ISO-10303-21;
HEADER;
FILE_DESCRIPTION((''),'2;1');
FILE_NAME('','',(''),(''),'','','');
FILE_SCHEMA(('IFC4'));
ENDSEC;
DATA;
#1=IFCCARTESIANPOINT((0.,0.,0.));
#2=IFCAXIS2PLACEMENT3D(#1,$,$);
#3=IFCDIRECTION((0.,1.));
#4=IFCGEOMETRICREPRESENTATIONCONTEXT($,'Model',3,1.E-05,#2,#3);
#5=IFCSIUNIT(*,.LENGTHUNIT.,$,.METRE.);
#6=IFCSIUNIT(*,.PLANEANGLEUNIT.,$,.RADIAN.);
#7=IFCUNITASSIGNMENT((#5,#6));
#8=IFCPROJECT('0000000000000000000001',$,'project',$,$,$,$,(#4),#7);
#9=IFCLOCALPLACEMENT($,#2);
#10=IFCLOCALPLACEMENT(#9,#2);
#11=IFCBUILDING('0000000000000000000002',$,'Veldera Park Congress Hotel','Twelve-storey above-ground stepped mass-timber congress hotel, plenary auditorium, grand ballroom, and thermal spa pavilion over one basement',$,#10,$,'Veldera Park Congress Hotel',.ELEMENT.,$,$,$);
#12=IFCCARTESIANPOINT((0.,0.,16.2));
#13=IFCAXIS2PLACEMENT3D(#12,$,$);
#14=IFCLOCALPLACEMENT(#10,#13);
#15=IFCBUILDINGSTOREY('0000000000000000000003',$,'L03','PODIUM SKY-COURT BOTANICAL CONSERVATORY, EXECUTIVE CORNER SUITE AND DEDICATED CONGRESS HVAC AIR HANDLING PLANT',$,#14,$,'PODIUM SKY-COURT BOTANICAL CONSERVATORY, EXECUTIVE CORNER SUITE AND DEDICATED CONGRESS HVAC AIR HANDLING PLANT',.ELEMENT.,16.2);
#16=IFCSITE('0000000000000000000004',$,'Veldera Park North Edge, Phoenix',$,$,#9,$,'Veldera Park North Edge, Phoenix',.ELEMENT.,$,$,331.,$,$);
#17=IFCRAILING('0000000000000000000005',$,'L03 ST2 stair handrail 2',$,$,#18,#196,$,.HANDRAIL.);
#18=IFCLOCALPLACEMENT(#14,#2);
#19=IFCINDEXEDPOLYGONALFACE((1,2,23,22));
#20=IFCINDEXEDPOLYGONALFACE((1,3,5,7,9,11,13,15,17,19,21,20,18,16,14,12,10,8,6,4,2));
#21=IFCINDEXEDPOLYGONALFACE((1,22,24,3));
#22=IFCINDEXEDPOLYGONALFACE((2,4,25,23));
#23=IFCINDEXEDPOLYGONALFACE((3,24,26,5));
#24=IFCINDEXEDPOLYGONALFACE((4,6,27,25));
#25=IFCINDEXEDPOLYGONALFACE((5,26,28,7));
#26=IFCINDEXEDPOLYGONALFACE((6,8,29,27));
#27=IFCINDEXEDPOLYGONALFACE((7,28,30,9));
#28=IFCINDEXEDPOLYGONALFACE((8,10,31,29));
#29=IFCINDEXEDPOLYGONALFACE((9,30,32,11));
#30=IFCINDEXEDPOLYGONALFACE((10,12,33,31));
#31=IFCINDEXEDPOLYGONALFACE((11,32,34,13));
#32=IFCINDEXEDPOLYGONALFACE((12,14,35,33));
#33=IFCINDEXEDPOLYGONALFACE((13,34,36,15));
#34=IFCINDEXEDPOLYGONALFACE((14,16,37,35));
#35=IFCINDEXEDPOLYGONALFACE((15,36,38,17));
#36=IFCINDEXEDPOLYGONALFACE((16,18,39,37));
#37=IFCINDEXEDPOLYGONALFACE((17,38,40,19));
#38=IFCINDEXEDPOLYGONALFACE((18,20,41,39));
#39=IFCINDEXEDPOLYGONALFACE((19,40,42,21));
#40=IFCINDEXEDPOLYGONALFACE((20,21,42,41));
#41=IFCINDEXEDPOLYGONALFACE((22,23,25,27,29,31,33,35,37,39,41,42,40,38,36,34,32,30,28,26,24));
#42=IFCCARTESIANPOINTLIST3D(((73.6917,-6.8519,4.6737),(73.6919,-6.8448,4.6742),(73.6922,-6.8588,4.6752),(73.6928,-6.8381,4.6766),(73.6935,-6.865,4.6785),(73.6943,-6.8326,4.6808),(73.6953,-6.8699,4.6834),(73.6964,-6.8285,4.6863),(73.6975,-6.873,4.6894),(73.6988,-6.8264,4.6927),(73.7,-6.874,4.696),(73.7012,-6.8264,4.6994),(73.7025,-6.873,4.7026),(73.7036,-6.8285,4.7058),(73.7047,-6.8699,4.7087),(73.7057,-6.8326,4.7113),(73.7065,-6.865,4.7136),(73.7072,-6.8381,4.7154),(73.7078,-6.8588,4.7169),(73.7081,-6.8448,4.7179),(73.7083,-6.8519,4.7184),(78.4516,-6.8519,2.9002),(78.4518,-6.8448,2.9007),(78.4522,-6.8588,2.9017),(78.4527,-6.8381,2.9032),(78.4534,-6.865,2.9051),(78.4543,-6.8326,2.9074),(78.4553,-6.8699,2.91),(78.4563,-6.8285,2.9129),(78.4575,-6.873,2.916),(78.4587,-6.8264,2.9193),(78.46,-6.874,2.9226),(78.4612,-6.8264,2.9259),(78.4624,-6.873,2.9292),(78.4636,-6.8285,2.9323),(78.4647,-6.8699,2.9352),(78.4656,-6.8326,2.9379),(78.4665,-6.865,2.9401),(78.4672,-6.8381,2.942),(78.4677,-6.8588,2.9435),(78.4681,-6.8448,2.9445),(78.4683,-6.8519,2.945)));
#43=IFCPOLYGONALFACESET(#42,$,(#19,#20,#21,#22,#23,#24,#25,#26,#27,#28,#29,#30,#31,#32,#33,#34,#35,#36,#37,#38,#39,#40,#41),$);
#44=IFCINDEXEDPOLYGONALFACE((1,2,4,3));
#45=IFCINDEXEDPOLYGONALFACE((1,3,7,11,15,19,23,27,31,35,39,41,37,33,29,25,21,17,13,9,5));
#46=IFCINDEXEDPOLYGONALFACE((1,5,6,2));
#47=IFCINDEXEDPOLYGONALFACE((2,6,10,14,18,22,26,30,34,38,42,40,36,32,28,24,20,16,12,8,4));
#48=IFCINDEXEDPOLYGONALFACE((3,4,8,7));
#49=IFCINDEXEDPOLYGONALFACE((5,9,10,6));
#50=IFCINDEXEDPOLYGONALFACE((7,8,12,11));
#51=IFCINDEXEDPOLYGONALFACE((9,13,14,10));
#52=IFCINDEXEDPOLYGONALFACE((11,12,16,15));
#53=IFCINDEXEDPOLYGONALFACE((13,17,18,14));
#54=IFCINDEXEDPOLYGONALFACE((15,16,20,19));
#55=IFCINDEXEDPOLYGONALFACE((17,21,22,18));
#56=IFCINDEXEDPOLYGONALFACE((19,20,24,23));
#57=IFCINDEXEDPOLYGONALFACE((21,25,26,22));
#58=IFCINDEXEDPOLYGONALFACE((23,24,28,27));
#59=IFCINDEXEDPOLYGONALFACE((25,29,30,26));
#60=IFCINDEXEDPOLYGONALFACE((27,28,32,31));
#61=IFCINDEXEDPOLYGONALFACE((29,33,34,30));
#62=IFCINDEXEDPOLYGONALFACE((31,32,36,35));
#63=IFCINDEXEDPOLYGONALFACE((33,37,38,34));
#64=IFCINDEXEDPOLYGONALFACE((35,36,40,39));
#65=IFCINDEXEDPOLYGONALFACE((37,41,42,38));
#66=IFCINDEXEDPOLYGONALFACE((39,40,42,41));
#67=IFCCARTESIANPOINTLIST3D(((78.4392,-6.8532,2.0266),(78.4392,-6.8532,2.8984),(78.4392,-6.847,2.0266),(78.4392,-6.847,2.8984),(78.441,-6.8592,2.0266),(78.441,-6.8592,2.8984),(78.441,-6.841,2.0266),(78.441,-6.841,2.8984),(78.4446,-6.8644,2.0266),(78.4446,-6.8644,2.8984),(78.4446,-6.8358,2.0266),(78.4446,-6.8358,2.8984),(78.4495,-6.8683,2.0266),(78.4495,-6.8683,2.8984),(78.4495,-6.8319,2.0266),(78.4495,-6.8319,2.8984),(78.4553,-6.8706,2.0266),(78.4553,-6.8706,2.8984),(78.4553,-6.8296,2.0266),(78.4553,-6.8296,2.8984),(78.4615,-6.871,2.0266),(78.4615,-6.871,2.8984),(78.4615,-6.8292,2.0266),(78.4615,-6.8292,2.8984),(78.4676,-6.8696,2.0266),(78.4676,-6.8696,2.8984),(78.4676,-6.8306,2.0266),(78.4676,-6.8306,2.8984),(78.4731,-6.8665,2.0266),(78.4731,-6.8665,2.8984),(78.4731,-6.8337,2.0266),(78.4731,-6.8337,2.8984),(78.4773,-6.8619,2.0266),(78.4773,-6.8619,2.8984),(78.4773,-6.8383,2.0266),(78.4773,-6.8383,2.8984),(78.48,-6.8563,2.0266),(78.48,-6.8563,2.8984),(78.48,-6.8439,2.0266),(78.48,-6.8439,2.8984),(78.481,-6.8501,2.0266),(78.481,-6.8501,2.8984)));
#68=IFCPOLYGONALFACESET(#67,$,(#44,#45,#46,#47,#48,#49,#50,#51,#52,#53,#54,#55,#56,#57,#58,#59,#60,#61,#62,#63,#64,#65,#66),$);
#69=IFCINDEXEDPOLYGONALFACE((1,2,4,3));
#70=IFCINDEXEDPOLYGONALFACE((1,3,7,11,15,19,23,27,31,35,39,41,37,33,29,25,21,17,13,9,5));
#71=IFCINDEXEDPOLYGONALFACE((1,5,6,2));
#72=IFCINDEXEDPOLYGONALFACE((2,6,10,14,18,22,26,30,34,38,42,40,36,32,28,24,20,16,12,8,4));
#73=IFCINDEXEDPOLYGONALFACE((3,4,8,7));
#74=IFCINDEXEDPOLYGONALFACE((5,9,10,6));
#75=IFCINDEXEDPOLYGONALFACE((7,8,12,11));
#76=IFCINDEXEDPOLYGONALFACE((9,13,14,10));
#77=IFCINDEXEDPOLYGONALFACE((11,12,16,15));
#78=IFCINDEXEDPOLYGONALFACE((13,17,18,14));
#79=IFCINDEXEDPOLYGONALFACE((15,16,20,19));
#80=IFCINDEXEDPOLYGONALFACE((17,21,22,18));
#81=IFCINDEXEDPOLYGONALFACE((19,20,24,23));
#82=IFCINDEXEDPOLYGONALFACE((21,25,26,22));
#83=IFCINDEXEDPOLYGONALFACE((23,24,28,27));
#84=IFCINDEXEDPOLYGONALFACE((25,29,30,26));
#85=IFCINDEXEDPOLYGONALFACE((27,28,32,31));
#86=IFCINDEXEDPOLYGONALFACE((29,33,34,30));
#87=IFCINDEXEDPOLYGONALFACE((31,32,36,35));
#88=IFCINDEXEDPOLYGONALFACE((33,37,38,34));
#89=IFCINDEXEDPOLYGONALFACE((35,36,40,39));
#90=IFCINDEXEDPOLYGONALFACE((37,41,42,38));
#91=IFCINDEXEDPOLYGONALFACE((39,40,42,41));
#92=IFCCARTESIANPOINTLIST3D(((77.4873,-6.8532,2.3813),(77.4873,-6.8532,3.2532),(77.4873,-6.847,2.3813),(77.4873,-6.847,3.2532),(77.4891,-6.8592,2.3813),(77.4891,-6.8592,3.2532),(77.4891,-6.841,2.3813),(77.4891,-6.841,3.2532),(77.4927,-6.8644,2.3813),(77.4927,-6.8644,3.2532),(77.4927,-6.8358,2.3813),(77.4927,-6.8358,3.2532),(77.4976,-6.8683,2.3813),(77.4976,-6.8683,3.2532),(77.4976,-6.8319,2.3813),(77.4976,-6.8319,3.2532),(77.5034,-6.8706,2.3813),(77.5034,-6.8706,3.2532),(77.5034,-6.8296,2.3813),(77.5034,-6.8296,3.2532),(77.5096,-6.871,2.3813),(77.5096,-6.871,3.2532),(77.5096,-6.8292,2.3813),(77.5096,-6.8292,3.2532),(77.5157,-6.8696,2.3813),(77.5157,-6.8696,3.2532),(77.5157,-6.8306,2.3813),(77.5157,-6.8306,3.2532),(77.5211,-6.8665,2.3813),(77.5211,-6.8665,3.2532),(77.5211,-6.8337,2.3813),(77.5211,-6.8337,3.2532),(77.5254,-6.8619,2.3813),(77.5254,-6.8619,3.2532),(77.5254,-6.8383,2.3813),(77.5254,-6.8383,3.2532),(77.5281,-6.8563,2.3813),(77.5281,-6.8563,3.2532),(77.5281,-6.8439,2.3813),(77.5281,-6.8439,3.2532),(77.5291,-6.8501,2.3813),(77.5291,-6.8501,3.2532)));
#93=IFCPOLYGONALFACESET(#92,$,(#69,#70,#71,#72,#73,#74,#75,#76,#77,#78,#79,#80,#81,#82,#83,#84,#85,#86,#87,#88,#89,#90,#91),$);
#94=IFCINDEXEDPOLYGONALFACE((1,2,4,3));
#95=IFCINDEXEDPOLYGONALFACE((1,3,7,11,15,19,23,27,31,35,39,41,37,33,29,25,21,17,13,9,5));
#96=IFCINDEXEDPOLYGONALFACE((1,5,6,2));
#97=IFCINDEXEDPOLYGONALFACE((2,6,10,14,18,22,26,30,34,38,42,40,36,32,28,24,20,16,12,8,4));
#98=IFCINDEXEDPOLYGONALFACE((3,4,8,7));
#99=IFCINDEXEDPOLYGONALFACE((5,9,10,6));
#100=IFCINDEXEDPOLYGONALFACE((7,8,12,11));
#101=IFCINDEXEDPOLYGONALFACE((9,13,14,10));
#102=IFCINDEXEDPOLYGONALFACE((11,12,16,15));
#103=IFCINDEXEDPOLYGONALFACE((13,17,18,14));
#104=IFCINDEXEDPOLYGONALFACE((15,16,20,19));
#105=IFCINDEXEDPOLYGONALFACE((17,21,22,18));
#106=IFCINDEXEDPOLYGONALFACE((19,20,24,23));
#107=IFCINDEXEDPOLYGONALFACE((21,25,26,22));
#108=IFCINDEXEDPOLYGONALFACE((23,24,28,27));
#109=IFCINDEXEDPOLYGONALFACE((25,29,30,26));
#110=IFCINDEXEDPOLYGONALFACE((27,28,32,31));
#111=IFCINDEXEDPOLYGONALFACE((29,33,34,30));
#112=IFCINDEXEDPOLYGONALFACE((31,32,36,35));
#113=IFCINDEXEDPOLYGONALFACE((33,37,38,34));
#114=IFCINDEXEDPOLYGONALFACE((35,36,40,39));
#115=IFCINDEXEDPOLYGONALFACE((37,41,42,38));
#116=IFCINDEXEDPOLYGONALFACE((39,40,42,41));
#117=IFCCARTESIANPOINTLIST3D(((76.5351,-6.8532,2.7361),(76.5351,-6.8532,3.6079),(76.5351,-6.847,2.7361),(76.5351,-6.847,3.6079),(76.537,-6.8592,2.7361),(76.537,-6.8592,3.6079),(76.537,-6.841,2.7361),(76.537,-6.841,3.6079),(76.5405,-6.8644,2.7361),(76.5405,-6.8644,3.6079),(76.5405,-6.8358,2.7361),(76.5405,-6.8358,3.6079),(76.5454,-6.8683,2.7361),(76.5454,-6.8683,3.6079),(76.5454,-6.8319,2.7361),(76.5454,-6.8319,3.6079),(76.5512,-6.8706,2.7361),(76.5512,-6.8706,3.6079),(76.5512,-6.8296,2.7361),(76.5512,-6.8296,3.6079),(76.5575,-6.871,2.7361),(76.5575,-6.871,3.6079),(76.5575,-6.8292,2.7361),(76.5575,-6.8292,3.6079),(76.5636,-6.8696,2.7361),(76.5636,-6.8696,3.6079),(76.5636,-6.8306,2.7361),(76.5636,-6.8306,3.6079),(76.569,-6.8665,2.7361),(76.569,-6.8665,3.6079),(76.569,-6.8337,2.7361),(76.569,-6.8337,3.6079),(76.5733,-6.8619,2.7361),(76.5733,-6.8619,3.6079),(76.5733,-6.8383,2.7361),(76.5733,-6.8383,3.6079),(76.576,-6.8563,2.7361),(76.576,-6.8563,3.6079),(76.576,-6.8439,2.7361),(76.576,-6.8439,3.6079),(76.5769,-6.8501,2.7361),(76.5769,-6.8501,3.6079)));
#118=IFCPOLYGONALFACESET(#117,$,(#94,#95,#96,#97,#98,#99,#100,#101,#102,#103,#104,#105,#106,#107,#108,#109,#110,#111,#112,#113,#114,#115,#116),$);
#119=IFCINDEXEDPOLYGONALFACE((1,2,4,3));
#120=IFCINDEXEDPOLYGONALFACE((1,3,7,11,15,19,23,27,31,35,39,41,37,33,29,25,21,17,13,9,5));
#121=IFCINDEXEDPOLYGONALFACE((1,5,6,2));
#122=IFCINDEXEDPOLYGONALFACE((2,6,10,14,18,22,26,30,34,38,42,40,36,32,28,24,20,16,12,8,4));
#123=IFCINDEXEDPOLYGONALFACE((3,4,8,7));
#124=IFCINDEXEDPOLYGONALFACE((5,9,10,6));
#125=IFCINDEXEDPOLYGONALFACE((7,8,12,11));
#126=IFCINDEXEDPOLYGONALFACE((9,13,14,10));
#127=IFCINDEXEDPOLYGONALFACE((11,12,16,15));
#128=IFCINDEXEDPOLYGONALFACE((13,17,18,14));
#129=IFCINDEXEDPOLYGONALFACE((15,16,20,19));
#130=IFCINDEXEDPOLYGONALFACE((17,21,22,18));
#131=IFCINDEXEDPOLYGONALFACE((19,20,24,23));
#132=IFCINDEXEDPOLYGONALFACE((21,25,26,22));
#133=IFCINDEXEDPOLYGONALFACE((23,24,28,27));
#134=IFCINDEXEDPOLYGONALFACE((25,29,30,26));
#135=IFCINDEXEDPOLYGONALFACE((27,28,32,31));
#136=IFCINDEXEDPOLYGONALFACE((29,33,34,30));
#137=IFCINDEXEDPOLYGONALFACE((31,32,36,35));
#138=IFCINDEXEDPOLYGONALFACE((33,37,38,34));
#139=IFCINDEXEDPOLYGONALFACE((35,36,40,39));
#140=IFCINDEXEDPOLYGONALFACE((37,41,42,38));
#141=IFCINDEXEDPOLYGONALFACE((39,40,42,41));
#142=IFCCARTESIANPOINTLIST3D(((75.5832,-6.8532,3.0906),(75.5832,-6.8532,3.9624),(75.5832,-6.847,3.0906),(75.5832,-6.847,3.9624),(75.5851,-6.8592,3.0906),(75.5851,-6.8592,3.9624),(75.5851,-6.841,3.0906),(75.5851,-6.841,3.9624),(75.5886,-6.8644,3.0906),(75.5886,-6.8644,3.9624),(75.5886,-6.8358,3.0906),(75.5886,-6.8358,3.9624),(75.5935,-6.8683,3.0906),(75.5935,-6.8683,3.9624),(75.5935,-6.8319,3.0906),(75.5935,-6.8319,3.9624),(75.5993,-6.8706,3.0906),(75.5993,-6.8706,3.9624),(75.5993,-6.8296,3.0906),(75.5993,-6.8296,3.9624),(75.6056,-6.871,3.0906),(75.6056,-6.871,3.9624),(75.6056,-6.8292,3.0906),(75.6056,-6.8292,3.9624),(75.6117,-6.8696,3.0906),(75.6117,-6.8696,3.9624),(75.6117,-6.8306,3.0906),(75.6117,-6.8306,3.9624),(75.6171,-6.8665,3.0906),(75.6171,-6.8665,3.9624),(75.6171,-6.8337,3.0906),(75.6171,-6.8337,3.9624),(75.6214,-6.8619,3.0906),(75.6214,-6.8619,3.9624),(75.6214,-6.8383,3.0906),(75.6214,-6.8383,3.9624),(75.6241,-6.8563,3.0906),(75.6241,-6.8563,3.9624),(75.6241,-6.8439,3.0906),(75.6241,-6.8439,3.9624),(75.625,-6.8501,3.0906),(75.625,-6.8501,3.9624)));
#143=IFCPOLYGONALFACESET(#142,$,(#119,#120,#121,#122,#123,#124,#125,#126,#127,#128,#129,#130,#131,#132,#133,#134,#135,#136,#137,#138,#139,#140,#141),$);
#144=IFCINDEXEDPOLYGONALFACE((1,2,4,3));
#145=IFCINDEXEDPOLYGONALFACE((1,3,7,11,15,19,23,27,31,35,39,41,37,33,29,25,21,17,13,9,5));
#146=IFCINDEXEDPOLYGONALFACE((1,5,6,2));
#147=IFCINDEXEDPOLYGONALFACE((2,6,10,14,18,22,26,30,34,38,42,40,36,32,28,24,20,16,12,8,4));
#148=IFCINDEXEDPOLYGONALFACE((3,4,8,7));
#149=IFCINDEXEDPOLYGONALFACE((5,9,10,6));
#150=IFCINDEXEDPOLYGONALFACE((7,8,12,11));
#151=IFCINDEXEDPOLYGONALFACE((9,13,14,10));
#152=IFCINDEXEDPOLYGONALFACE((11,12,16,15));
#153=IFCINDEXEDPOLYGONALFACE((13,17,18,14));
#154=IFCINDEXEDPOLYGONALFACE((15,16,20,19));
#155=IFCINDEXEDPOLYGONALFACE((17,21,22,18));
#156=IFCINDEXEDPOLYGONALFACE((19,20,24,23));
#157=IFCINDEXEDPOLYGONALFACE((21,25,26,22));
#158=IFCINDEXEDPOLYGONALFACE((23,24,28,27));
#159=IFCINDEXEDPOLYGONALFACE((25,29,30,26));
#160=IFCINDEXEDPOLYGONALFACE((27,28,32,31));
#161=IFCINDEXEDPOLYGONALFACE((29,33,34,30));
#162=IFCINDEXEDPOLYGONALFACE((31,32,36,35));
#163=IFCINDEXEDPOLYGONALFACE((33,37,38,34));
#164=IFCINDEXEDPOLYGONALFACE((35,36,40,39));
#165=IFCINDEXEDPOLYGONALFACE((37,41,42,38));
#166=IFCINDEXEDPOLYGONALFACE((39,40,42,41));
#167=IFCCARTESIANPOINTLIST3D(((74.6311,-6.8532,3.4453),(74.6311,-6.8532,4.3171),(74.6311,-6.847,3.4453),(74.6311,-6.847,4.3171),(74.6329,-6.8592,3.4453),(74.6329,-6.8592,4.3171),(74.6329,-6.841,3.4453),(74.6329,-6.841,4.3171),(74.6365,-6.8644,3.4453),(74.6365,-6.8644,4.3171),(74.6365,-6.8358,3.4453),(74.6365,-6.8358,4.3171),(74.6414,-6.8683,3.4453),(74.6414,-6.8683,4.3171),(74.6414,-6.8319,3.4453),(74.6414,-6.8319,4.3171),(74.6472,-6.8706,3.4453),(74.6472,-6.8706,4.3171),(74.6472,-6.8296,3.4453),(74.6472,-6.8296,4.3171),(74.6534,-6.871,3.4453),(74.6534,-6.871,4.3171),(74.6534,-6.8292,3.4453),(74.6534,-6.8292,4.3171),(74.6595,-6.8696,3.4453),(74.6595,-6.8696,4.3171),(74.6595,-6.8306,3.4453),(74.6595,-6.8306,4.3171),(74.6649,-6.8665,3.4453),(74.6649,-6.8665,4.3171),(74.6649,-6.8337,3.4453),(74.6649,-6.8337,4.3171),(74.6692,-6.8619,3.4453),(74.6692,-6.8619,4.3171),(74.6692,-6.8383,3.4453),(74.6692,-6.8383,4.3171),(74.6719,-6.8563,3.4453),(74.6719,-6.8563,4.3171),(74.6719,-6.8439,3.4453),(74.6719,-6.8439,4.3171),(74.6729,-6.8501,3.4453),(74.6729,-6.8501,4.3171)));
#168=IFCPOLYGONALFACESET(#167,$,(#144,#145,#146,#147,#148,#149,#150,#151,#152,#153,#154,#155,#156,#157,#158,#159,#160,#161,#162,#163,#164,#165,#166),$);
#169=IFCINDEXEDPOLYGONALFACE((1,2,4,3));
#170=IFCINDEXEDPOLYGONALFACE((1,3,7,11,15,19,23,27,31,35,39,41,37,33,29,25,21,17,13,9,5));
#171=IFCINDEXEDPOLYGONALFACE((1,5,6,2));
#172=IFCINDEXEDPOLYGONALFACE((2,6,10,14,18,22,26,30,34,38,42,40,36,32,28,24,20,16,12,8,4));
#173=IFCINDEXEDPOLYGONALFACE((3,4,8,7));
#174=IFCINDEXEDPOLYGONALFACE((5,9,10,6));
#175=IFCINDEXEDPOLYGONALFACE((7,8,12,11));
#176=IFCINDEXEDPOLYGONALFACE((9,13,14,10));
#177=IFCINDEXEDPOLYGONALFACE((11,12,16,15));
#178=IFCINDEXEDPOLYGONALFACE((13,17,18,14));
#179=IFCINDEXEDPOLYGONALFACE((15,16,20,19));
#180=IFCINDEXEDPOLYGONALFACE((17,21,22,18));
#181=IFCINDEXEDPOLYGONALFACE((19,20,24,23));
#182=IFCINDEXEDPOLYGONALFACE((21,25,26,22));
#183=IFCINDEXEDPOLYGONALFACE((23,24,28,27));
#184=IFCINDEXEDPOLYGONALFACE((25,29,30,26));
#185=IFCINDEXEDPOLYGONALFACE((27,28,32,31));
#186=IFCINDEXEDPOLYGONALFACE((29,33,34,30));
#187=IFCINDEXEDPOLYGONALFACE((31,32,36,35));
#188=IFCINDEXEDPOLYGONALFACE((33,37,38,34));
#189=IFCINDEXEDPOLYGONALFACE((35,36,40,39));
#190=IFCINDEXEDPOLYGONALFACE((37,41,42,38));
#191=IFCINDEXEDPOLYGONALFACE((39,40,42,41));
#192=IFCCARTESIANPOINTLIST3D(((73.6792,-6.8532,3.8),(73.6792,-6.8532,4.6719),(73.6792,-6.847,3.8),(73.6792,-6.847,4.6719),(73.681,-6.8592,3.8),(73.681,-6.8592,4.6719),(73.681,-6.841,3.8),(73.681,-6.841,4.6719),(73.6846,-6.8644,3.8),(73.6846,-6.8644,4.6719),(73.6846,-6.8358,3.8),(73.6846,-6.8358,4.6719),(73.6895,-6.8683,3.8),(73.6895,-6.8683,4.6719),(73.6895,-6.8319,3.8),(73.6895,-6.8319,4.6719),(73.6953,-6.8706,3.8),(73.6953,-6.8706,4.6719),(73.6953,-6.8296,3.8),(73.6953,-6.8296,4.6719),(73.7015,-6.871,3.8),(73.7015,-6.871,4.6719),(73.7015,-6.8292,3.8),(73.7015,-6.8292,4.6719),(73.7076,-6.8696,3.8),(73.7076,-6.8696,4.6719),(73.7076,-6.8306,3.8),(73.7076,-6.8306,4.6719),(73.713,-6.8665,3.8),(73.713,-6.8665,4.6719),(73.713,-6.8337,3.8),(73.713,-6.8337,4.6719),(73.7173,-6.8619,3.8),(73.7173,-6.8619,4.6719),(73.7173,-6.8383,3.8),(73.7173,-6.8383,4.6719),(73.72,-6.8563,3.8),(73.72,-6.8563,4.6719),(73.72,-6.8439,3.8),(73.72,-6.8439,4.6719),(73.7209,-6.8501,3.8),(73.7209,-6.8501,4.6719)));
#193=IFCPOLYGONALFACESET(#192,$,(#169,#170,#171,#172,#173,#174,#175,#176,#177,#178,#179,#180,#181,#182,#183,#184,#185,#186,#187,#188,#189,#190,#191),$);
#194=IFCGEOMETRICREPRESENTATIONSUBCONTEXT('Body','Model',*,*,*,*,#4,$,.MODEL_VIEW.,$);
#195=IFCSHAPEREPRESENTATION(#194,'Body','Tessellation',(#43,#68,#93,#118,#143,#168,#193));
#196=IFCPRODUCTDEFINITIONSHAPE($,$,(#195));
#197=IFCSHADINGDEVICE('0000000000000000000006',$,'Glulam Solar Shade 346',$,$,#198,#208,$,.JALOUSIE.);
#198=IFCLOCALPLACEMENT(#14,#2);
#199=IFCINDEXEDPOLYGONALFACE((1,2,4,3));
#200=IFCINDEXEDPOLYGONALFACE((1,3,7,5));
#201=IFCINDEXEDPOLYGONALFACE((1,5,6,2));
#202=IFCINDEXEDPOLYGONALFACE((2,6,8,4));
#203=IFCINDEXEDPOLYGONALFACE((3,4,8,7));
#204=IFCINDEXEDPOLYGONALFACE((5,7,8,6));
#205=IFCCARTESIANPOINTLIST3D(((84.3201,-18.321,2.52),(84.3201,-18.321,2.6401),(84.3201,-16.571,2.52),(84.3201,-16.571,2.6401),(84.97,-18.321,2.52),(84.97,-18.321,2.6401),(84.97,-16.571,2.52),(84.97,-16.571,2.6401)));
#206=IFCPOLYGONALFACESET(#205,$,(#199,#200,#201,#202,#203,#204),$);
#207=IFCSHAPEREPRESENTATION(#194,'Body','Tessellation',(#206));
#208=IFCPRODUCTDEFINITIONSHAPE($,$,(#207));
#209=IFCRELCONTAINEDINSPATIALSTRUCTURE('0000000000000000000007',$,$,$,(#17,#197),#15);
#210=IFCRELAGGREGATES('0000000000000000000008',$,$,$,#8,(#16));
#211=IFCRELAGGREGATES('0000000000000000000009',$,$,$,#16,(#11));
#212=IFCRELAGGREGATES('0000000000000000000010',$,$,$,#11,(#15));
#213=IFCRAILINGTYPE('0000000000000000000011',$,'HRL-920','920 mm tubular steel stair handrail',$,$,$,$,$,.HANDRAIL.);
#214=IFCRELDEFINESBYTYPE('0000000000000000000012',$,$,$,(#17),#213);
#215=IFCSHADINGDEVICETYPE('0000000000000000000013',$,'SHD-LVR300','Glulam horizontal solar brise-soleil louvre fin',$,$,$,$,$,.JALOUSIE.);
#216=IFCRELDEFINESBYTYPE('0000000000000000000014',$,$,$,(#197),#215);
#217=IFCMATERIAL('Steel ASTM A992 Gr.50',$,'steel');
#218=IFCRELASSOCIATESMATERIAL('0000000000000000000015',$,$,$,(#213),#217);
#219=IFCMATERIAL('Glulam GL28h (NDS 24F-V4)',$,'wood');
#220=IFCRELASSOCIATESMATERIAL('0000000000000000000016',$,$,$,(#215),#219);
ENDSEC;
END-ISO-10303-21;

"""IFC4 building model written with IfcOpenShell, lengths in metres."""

from ifc_helpers import new_model, si_unit, direction, frame, origin, origin_2d, place, context, subcontext, project, spatial, rectangle, circle, extrude, material, type_object, element, save


model = new_model("IFC4")

# Units and contexts
model_context = context("Model", 3, precision=1e-05, world=origin(), true_north=direction((0.0, 1.0)))
body_context = subcontext(model_context, "Body", "Model", "MODEL_VIEW")
ifc_project = project(units=[si_unit("LENGTHUNIT", "METRE"), si_unit("PLANEANGLEUNIT", "RADIAN")], contexts=[model_context])

# Site, building, storey
site_placement = place(None, origin())
site = spatial("IfcSite", under=ifc_project, at=site_placement, Name="Veldera Park North Edge, Phoenix", LongName="Veldera Park North Edge, Phoenix", CompositionType="ELEMENT", RefElevation=331.0)
building_placement = place(site_placement, origin())
building = spatial("IfcBuilding", under=site, at=building_placement, Name="Veldera Park Congress Hotel", Description="Twelve-storey above-ground stepped mass-timber congress hotel, plenary auditorium, grand ballroom, and thermal spa pavilion over one basement", LongName="Veldera Park Congress Hotel", CompositionType="ELEMENT")
storey_placement = place(building_placement, frame((0.0, 0.0, 16.2)))
storey = spatial("IfcBuildingStorey", under=building, at=storey_placement, Name="L03", Description="PODIUM SKY-COURT BOTANICAL CONSERVATORY, EXECUTIVE CORNER SUITE AND DEDICATED CONGRESS HVAC AIR HANDLING PLANT", LongName="PODIUM SKY-COURT BOTANICAL CONSERVATORY, EXECUTIVE CORNER SUITE AND DEDICATED CONGRESS HVAC AIR HANDLING PLANT", CompositionType="ELEMENT", Elevation=16.2)

# Shared definitions
ifc_material_1 = material(Name="Glulam GL28h (NDS 24F-V4)", Category="wood")

# Railing
ifc_material_2 = material(Name="Steel ASTM A992 Gr.50", Category="steel")
railing_type_1 = type_object("IfcRailingType", Name="HRL-920", Description="920 mm tubular steel stair handrail", PredefinedType="HANDRAIL", material=ifc_material_2)
railing_1_placement = place(storey_placement, frame((78.46, -6.8501, 2.0266)))
element("IfcRailing", 1, at=railing_1_placement, inside=storey, type_object=railing_type_1, Name="L03 ST2 stair handrail 2", PredefinedType="HANDRAIL", context=body_context, shape_type="SweptSolid", body=[
    extrude(circle(Radius=0.0239, at=origin_2d()), frame((0.0, 0.0, 0.896), z_axis=(-0.937076, 0.0, 0.349126), x_axis=(0.0, -1.0, 0.0)), (0.0, 0.0, 1.0), 5.0796),
    extrude(circle(Radius=0.021, at=origin_2d()), origin(), (0.0, 0.0, 1.0), 0.8718),
    extrude(circle(Radius=0.021, at=origin_2d()), frame((-0.9519, 0.0, 0.3547)), (0.0, 0.0, 1.0), 0.8718),
    extrude(circle(Radius=0.021, at=origin_2d()), frame((-1.9041, 0.0, 0.7095)), (0.0, 0.0, 1.0), 0.8718),
    extrude(circle(Radius=0.021, at=origin_2d()), frame((-2.856, 0.0, 1.064)), (0.0, 0.0, 1.0), 0.8718),
    extrude(circle(Radius=0.021, at=origin_2d()), frame((-3.8081, 0.0, 1.4187)), (0.0, 0.0, 1.0), 0.8718),
    extrude(circle(Radius=0.021, at=origin_2d()), frame((-4.76, 0.0, 1.7734)), (0.0, 0.0, 1.0), 0.8718),
])

# Shading device
shading_device_type = type_object("IfcShadingDeviceType", Name="SHD-LVR300", Description="Glulam horizontal solar brise-soleil louvre fin", PredefinedType="JALOUSIE", material=ifc_material_1)
shading_device_1_placement = place(storey_placement, frame((84.645, -17.446, 2.52), z_axis=(0.0, 0.0, 1.0), x_axis=(0.0, 1.0, 0.0)))
element("IfcShadingDevice", 2, at=shading_device_1_placement, inside=storey, type_object=shading_device_type, Name="Glulam Solar Shade 346", PredefinedType="JALOUSIE", context=body_context, shape_type="SweptSolid", body=[
    extrude(rectangle(XDim=1.75, YDim=0.6499, at=origin_2d()), origin(), (0.0, 0.0, 1.0), 0.1201),
])

save(model, "model.ifc")
